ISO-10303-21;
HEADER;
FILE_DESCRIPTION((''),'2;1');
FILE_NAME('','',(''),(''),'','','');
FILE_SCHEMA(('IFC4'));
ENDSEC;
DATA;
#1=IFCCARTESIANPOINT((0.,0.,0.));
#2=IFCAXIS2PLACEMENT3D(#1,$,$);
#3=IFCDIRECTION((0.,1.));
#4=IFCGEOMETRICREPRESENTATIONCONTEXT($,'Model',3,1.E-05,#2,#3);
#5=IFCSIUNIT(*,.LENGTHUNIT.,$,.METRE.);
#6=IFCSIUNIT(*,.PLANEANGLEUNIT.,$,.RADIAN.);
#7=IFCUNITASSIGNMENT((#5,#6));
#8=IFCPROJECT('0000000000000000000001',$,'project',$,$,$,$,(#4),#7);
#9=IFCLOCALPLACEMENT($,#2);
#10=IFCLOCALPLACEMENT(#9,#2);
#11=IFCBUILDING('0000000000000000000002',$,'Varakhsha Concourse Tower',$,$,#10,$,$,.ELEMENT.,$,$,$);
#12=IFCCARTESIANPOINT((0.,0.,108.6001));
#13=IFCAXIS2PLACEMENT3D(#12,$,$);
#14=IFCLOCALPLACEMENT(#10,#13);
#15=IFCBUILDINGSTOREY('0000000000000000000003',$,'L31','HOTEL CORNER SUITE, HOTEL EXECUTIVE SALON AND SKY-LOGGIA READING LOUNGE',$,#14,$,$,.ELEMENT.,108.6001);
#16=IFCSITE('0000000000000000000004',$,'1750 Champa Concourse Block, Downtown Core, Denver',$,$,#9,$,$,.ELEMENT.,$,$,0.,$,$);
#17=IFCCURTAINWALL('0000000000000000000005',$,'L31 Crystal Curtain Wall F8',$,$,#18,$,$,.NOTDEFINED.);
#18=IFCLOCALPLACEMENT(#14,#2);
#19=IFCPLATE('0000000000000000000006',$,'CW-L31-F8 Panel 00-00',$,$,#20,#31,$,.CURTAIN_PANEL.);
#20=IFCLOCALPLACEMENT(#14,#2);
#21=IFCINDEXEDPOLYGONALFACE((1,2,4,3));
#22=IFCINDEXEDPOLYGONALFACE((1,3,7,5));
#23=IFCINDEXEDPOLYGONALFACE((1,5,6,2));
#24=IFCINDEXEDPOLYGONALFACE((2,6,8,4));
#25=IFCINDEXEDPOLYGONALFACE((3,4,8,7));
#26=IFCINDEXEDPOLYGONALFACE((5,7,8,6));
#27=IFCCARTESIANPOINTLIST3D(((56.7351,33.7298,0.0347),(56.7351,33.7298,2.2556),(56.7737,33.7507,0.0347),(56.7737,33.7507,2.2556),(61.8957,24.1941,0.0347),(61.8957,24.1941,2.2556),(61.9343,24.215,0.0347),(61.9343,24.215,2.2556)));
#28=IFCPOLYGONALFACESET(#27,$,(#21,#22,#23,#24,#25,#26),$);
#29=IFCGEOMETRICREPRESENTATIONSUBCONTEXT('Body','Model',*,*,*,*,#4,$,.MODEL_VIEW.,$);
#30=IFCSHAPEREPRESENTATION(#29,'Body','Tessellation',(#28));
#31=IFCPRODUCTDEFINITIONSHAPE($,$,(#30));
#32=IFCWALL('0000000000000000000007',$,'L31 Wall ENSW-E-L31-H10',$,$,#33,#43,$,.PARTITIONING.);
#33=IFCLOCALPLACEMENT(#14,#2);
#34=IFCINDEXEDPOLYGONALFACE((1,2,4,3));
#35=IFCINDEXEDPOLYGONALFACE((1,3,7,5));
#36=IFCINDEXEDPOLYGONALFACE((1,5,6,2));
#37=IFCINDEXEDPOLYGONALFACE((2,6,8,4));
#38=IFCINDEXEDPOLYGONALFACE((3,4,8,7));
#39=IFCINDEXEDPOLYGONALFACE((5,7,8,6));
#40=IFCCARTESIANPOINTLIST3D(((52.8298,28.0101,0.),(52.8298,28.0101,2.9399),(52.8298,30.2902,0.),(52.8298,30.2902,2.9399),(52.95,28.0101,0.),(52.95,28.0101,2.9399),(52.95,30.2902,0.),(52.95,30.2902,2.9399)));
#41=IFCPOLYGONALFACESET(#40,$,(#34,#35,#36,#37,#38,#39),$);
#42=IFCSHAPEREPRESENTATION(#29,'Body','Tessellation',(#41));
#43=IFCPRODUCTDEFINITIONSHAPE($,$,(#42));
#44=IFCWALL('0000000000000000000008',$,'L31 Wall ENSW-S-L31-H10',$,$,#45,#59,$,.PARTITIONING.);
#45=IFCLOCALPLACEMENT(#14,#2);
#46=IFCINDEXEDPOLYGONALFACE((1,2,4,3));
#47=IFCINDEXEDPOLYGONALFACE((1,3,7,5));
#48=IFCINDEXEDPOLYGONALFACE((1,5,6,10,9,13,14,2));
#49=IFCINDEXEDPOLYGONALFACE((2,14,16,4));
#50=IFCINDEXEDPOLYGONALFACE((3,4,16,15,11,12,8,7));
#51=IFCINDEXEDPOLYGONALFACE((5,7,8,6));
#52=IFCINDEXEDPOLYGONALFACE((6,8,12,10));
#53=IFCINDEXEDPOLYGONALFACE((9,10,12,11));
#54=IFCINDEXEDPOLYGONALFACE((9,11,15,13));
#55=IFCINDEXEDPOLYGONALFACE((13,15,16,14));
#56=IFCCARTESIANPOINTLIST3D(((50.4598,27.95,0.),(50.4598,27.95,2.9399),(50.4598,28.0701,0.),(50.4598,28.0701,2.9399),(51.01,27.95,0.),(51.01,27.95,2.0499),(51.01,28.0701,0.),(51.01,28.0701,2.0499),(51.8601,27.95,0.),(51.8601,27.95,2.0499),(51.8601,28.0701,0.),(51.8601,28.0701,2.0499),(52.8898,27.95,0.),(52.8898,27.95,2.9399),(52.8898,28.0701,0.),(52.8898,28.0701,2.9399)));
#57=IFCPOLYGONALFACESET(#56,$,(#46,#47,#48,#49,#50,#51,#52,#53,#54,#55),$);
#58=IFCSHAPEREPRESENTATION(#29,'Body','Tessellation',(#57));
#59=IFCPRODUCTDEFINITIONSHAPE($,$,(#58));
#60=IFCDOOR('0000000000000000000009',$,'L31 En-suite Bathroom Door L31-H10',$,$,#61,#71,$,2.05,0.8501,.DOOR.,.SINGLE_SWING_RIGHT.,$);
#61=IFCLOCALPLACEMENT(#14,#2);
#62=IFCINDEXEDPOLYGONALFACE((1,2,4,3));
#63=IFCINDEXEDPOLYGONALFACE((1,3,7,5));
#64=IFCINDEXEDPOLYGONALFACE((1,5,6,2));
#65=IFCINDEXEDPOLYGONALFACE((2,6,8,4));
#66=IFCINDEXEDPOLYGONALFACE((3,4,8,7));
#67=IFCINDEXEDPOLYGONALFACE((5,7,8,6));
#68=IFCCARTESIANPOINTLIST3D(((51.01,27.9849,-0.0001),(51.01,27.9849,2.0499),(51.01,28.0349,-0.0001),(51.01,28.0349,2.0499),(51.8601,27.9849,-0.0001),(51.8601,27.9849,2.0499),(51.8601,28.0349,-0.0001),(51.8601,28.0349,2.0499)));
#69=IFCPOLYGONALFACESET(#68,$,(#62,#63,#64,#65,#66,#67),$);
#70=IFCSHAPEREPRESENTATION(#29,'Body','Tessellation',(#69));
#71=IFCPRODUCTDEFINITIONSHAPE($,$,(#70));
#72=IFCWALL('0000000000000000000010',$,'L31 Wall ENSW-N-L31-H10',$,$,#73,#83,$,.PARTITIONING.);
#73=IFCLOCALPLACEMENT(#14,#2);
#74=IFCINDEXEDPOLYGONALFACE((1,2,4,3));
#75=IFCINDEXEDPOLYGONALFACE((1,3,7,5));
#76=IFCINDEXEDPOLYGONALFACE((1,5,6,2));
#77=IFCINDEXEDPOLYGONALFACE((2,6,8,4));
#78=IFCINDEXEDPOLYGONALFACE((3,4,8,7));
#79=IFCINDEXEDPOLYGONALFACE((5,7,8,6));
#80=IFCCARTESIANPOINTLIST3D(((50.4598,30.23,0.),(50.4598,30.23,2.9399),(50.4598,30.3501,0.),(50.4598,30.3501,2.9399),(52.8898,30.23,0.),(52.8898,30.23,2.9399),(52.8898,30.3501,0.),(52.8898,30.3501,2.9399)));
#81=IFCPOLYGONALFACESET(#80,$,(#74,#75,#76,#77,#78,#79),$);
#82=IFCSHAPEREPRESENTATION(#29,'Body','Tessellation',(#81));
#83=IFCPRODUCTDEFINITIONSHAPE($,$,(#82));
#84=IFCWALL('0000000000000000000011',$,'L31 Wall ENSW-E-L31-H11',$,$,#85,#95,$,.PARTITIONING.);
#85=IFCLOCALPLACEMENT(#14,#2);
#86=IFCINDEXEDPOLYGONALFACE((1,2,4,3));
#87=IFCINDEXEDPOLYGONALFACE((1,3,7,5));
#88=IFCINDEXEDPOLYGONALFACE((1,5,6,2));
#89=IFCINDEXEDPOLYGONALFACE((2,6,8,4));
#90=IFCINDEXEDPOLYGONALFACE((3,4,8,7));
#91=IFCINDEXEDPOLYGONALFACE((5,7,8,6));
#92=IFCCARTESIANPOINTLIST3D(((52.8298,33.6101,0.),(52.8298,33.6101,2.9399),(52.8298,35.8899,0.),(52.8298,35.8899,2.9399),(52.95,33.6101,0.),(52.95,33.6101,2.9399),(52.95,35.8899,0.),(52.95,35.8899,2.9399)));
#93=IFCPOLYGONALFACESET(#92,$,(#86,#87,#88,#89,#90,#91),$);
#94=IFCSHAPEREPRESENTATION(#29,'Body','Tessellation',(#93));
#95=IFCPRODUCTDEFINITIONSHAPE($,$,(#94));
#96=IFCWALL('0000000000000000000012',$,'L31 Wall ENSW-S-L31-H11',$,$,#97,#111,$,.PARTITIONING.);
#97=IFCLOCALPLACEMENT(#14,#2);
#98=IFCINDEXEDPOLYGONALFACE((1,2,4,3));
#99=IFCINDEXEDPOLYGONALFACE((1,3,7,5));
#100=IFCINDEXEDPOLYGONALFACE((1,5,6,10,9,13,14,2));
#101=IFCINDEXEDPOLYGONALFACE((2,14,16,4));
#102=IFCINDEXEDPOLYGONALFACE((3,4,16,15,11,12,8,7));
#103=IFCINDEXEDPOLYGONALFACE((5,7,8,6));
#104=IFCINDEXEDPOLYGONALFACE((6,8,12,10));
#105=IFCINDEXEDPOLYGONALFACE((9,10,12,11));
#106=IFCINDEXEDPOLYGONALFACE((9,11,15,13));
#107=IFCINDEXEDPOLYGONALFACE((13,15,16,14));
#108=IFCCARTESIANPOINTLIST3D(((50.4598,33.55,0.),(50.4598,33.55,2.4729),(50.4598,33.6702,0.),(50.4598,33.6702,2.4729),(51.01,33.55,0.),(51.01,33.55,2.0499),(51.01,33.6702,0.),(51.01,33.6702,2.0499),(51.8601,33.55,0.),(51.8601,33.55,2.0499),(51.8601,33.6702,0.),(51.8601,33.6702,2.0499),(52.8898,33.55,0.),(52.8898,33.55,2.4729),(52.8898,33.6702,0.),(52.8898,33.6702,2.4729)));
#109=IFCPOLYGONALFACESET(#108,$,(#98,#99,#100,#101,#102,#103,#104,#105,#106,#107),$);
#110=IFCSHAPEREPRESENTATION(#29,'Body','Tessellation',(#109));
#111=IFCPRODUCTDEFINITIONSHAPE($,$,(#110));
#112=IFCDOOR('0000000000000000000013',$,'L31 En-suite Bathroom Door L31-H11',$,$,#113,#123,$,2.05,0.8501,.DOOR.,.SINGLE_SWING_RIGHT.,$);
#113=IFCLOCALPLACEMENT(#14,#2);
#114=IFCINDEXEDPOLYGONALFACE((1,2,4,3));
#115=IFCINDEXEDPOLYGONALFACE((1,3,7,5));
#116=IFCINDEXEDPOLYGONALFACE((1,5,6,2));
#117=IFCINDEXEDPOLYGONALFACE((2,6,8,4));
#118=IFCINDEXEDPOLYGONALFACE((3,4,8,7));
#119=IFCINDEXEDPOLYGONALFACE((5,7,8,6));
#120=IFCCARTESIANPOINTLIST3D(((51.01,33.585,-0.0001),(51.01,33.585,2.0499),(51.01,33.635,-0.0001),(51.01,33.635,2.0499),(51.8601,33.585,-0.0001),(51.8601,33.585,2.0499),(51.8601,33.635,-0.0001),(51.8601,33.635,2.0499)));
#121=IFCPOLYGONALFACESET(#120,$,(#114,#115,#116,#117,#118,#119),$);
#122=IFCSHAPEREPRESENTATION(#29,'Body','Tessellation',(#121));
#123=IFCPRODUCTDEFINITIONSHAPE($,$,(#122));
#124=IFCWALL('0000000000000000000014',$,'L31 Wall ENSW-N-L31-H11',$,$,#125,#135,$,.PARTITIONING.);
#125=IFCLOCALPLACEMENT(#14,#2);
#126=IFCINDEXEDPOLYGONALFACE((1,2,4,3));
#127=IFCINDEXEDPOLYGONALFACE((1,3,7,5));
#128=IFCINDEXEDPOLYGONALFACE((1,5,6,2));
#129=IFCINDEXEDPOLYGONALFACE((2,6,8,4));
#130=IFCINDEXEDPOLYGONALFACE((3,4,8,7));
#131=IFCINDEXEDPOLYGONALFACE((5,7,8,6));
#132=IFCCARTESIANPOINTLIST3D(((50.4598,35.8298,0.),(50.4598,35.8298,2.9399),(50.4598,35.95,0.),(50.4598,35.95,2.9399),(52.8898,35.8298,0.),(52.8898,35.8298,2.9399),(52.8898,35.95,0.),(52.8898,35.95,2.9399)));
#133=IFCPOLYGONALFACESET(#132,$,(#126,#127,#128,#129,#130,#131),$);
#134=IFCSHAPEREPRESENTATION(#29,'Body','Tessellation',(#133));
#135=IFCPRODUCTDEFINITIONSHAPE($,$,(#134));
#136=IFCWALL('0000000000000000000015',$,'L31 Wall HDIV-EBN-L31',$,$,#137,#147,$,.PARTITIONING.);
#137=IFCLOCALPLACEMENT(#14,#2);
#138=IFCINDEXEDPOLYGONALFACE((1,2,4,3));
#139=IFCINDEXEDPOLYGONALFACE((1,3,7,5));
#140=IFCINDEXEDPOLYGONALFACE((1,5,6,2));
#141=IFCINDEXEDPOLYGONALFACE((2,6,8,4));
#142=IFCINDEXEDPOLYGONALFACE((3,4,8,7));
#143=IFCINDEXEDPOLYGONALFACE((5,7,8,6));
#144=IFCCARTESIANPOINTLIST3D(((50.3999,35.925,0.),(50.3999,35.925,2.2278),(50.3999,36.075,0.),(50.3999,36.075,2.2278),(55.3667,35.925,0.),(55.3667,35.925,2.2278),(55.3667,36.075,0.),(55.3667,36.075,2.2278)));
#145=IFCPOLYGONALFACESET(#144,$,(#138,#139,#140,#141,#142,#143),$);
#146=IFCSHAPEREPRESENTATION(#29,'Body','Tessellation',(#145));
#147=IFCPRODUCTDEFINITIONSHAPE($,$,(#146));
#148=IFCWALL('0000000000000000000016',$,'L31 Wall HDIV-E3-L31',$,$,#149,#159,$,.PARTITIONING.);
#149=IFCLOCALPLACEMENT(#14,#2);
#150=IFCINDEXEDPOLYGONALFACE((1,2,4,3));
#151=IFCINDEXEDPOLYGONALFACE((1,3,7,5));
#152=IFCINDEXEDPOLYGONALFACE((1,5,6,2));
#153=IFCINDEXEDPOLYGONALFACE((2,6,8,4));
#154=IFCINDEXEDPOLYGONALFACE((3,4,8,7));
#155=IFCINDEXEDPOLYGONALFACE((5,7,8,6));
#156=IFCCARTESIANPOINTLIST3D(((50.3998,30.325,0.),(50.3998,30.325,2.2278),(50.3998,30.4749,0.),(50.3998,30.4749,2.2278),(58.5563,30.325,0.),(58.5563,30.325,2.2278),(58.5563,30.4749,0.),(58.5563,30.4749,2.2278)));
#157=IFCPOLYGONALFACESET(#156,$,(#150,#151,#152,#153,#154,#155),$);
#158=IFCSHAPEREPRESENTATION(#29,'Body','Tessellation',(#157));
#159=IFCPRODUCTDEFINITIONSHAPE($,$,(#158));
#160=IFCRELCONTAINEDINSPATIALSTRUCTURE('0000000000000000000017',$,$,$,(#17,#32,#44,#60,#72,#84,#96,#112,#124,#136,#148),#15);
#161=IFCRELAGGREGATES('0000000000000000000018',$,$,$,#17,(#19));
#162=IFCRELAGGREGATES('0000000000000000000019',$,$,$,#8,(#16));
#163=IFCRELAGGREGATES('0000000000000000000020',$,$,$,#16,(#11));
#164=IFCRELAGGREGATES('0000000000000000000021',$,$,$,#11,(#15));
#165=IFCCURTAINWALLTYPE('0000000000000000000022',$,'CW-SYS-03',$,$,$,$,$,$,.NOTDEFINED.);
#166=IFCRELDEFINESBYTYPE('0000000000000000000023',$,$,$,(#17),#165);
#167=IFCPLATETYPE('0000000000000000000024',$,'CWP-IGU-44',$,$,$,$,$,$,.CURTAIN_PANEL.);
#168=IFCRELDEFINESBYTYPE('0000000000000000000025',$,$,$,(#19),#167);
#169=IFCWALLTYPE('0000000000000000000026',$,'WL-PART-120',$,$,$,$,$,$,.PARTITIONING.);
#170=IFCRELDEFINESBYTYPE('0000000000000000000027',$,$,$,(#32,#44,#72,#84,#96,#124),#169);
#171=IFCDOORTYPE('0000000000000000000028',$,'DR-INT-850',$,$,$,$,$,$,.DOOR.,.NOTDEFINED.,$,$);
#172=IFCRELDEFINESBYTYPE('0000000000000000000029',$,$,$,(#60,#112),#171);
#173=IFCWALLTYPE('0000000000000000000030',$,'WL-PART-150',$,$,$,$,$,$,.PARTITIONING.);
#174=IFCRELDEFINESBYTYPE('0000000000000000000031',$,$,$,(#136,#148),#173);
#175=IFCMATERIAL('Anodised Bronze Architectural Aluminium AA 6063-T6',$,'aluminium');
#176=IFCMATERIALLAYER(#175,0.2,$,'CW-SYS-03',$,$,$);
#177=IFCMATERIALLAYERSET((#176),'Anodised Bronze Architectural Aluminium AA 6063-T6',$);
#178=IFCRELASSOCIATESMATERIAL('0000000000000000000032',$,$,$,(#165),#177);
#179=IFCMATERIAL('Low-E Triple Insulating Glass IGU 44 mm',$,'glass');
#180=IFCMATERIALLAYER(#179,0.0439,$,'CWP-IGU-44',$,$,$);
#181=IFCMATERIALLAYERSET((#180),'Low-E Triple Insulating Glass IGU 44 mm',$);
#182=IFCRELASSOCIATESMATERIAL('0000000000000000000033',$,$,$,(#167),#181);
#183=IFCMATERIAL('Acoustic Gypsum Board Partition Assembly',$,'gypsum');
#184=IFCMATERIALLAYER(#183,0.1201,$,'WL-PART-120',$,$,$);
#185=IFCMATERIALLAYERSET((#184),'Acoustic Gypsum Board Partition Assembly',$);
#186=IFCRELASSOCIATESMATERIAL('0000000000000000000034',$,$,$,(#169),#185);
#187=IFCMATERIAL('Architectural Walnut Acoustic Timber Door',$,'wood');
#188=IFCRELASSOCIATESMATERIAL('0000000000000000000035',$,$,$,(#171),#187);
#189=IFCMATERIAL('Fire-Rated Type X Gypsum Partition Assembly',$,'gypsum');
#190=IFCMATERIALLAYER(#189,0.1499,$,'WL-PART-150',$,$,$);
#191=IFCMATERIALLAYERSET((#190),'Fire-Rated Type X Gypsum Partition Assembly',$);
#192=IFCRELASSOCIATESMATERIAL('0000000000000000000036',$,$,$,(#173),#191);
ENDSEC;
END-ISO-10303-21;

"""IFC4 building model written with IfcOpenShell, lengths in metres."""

from ifc_helpers import new_model, si_unit, direction, frame, frame_2d, origin, origin_2d, place, context, subcontext, project, spatial, rectangle, extrude, source, transform, mapped, material, layer, layer_set, type_object, type_shapes, element, fill, aggregate, save


model = new_model("IFC4")

# Units and contexts
model_context = context("Model", 3, precision=1e-05, world=origin(), true_north=direction((0.0, 1.0)))
body_context = subcontext(model_context, "Body", "Model", "MODEL_VIEW")
ifc_project = project(units=[si_unit("LENGTHUNIT", "METRE"), si_unit("PLANEANGLEUNIT", "RADIAN")], contexts=[model_context])

# Site, building, storey
site_placement = place(None, origin())
site = spatial("IfcSite", under=ifc_project, at=site_placement, Name="1750 Champa Concourse Block, Downtown Core, Denver", CompositionType="ELEMENT", RefElevation=0.0)
building_placement = place(site_placement, origin())
building = spatial("IfcBuilding", under=site, at=building_placement, Name="Varakhsha Concourse Tower", CompositionType="ELEMENT")
storey_placement = place(building_placement, frame((0.0, 0.0, 108.6001)))
storey = spatial("IfcBuildingStorey", under=building, at=storey_placement, Name="L31", Description="HOTEL CORNER SUITE, HOTEL EXECUTIVE SALON AND SKY-LOGGIA READING LOUNGE", CompositionType="ELEMENT", Elevation=108.6001)

# Curtain wall
ifc_material_1 = material(Name="Anodised Bronze Architectural Aluminium AA 6063-T6", Category="aluminium")
ifc_layer_1 = layer(ifc_material_1, 0.2, Name="CW-SYS-03")
ifc_layer_set_1 = layer_set([ifc_layer_1], Name="Anodised Bronze Architectural Aluminium AA 6063-T6")
curtain_wall_type = type_object("IfcCurtainWallType", Name="CW-SYS-03", PredefinedType="NOTDEFINED", material=ifc_layer_set_1)
curtain_wall_1_placement = place(storey_placement, origin())
curtain_wall_1 = element("IfcCurtainWall", 1, at=curtain_wall_1_placement, inside=storey, type_object=curtain_wall_type, Name="L31 Crystal Curtain Wall F8", PredefinedType="NOTDEFINED")

# Plate
ifc_material_2 = material(Name="Low-E Triple Insulating Glass IGU 44 mm", Category="glass")
ifc_layer_2 = layer(ifc_material_2, 0.0439, Name="CWP-IGU-44")
ifc_layer_set_2 = layer_set([ifc_layer_2], Name="Low-E Triple Insulating Glass IGU 44 mm")
plate_type_1 = type_object("IfcPlateType", Name="CWP-IGU-44", PredefinedType="CURTAIN_PANEL", material=ifc_layer_set_2)
shared_shape_1 = source(origin(), body_context, "Body", "SweptSolid", [
    extrude(rectangle(XDim=10.8425, YDim=0.0439, at=origin_2d()), origin(), (0.0, 0.0, 1.0), 2.2209),
])
type_shapes(plate_type_1, [shared_shape_1])
plate_1_placement = place(storey_placement, frame((59.3347, 28.9724, 0.0347), z_axis=(0.0, 0.0, 1.0), x_axis=(0.475959, -0.879468, 0.0)))
plate_1 = element("IfcPlate", 2, at=plate_1_placement, type_object=plate_type_1, Name="CW-L31-F8 Panel 00-00", PredefinedType="CURTAIN_PANEL", context=body_context, shape_type="MappedRepresentation", body=[
    mapped(shared_shape_1, transform((0.0, 0.0, 0.0), scale=1.0)),
])
aggregate(curtain_wall_1, [plate_1])

# Wall
ifc_material_3 = material(Name="Acoustic Gypsum Board Partition Assembly", Category="gypsum")
ifc_layer_3 = layer(ifc_material_3, 0.1201, Name="WL-PART-120")
ifc_layer_set_3 = layer_set([ifc_layer_3], Name="Acoustic Gypsum Board Partition Assembly")
wall_type_1 = type_object("IfcWallType", Name="WL-PART-120", PredefinedType="PARTITIONING", material=ifc_layer_set_3)
wall_1_placement = place(storey_placement, frame((52.8899, 28.01, 0.0), z_axis=(0.0, 0.0, 1.0), x_axis=(0.0, 1.0, 0.0)))
element("IfcWall", 3, at=wall_1_placement, inside=storey, type_object=wall_type_1, Name="L31 Wall ENSW-E-L31-H10", PredefinedType="PARTITIONING", context=body_context, shape_type="SweptSolid", body=[
    extrude(rectangle(XDim=2.28, YDim=0.1201, at=frame_2d((1.1401, 0.0))), origin(), (0.0, 0.0, 1.0), 2.9399),
])

# Wall, opening, door
wall_2_placement = place(storey_placement, frame((50.46, 28.01, 0.0), z_axis=(0.0, 0.0, 1.0), x_axis=(1.0, 0.0, 0.0)))
wall_2 = element("IfcWall", 4, at=wall_2_placement, inside=storey, type_object=wall_type_1, Name="L31 Wall ENSW-S-L31-H10", PredefinedType="PARTITIONING", context=body_context, shape_type="SweptSolid", body=[
    extrude(rectangle(XDim=2.4299, YDim=0.1201, at=frame_2d((1.2148, 0.0))), origin(), (0.0, 0.0, 1.0), 2.9399),
])
opening_1_placement = place(wall_2_placement, frame((0.55, 0.0, 0.0)))
opening_1 = element("IfcOpeningElement", 5, at=opening_1_placement, cuts=wall_2, PredefinedType="OPENING", context=body_context, shape_type="SweptSolid", body=[
    extrude(rectangle(XDim=0.8501, YDim=2.05, at=frame_2d((0.425, 1.0249))), frame((0.0, 0.0701, 0.0), z_axis=(0.0, -1.0, 0.0), x_axis=(1.0, 0.0, 0.0)), (0.0, 0.0, 1.0), 0.1401),
])
ifc_material_4 = material(Name="Architectural Walnut Acoustic Timber Door", Category="wood")
door_type = type_object("IfcDoorType", Name="DR-INT-850", OperationType="NOTDEFINED", PredefinedType="DOOR", material=ifc_material_4)
door_1_placement = place(opening_1_placement, origin())
door_1 = element("IfcDoor", 6, at=door_1_placement, inside=storey, type_object=door_type, Name="L31 En-suite Bathroom Door L31-H10", OperationType="SINGLE_SWING_RIGHT", OverallHeight=2.05, OverallWidth=0.8501, PredefinedType="DOOR", context=body_context, shape_type="SweptSolid", body=[
    extrude(rectangle(XDim=0.8501, YDim=2.05, at=frame_2d((0.425, 1.0249))), frame((0.0, 0.0249, 0.0), z_axis=(0.0, -1.0, 0.0), x_axis=(1.0, 0.0, 0.0)), (0.0, 0.0, 1.0), 0.05),
])
fill(opening_1, door_1)

# Walls
wall_3_placement = place(storey_placement, frame((50.46, 30.29, 0.0), z_axis=(0.0, 0.0, 1.0), x_axis=(1.0, 0.0, 0.0)))
element("IfcWall", 7, at=wall_3_placement, inside=storey, type_object=wall_type_1, Name="L31 Wall ENSW-N-L31-H10", PredefinedType="PARTITIONING", context=body_context, shape_type="SweptSolid", body=[
    extrude(rectangle(XDim=2.4299, YDim=0.1201, at=frame_2d((1.2148, 0.0))), origin(), (0.0, 0.0, 1.0), 2.9399),
])
wall_4_placement = place(storey_placement, frame((52.8899, 33.6101, 0.0), z_axis=(0.0, 0.0, 1.0), x_axis=(0.0, 1.0, 0.0)))
element("IfcWall", 8, at=wall_4_placement, inside=storey, type_object=wall_type_1, Name="L31 Wall ENSW-E-L31-H11", PredefinedType="PARTITIONING", context=body_context, shape_type="SweptSolid", body=[
    extrude(rectangle(XDim=2.2798, YDim=0.1201, at=frame_2d((1.1399, 0.0))), origin(), (0.0, 0.0, 1.0), 2.9399),
])

# Wall, opening, door
wall_5_placement = place(storey_placement, frame((50.46, 33.6101, 0.0), z_axis=(0.0, 0.0, 1.0), x_axis=(1.0, 0.0, 0.0)))
wall_5 = element("IfcWall", 9, at=wall_5_placement, inside=storey, type_object=wall_type_1, Name="L31 Wall ENSW-S-L31-H11", PredefinedType="PARTITIONING", context=body_context, shape_type="SweptSolid", body=[
    extrude(rectangle(XDim=2.4299, YDim=0.1201, at=frame_2d((1.2148, 0.0))), origin(), (0.0, 0.0, 1.0), 2.4729),
])
opening_2_placement = place(wall_5_placement, frame((0.55, 0.0, 0.0)))
opening_2 = element("IfcOpeningElement", 10, at=opening_2_placement, cuts=wall_5, PredefinedType="OPENING", context=body_context, shape_type="SweptSolid", body=[
    extrude(rectangle(XDim=0.8501, YDim=2.05, at=frame_2d((0.425, 1.0249))), frame((0.0, 0.0701, 0.0), z_axis=(0.0, -1.0, 0.0), x_axis=(1.0, 0.0, 0.0)), (0.0, 0.0, 1.0), 0.1401),
])
door_2_placement = place(opening_2_placement, origin())
door_2 = element("IfcDoor", 11, at=door_2_placement, inside=storey, type_object=door_type, Name="L31 En-suite Bathroom Door L31-H11", OperationType="SINGLE_SWING_RIGHT", OverallHeight=2.05, OverallWidth=0.8501, PredefinedType="DOOR", context=body_context, shape_type="SweptSolid", body=[
    extrude(rectangle(XDim=0.8501, YDim=2.05, at=frame_2d((0.425, 1.0249))), frame((0.0, 0.0249, 0.0), z_axis=(0.0, -1.0, 0.0), x_axis=(1.0, 0.0, 0.0)), (0.0, 0.0, 1.0), 0.05),
])
fill(opening_2, door_2)

# Walls
wall_6_placement = place(storey_placement, frame((50.46, 35.8899, 0.0), z_axis=(0.0, 0.0, 1.0), x_axis=(1.0, 0.0, 0.0)))
element("IfcWall", 12, at=wall_6_placement, inside=storey, type_object=wall_type_1, Name="L31 Wall ENSW-N-L31-H11", PredefinedType="PARTITIONING", context=body_context, shape_type="SweptSolid", body=[
    extrude(rectangle(XDim=2.4299, YDim=0.1201, at=frame_2d((1.2148, 0.0))), origin(), (0.0, 0.0, 1.0), 2.9399),
])
ifc_material_5 = material(Name="Fire-Rated Type X Gypsum Partition Assembly", Category="gypsum")
ifc_layer_4 = layer(ifc_material_5, 0.1499, Name="WL-PART-150")
ifc_layer_set_4 = layer_set([ifc_layer_4], Name="Fire-Rated Type X Gypsum Partition Assembly")
wall_type_2 = type_object("IfcWallType", Name="WL-PART-150", PredefinedType="PARTITIONING", material=ifc_layer_set_4)
wall_7_placement = place(storey_placement, frame((50.3999, 36.0, 0.0), z_axis=(0.0, 0.0, 1.0), x_axis=(1.0, 0.0, 0.0)))
element("IfcWall", 13, at=wall_7_placement, inside=storey, type_object=wall_type_2, Name="L31 Wall HDIV-EBN-L31", PredefinedType="PARTITIONING", context=body_context, shape_type="SweptSolid", body=[
    extrude(rectangle(XDim=4.9668, YDim=0.1499, at=frame_2d((2.4834, 0.0))), origin(), (0.0, 0.0, 1.0), 2.2278),
])
wall_8_placement = place(storey_placement, frame((50.3999, 30.3999, 0.0), z_axis=(0.0, 0.0, 1.0), x_axis=(1.0, 0.0, 0.0)))
element("IfcWall", 14, at=wall_8_placement, inside=storey, type_object=wall_type_2, Name="L31 Wall HDIV-E3-L31", PredefinedType="PARTITIONING", context=body_context, shape_type="SweptSolid", body=[
    extrude(rectangle(XDim=8.1565, YDim=0.1499, at=frame_2d((4.0781, 0.0))), origin(), (0.0, 0.0, 1.0), 2.2278),
])

save(model, "model.ifc")
